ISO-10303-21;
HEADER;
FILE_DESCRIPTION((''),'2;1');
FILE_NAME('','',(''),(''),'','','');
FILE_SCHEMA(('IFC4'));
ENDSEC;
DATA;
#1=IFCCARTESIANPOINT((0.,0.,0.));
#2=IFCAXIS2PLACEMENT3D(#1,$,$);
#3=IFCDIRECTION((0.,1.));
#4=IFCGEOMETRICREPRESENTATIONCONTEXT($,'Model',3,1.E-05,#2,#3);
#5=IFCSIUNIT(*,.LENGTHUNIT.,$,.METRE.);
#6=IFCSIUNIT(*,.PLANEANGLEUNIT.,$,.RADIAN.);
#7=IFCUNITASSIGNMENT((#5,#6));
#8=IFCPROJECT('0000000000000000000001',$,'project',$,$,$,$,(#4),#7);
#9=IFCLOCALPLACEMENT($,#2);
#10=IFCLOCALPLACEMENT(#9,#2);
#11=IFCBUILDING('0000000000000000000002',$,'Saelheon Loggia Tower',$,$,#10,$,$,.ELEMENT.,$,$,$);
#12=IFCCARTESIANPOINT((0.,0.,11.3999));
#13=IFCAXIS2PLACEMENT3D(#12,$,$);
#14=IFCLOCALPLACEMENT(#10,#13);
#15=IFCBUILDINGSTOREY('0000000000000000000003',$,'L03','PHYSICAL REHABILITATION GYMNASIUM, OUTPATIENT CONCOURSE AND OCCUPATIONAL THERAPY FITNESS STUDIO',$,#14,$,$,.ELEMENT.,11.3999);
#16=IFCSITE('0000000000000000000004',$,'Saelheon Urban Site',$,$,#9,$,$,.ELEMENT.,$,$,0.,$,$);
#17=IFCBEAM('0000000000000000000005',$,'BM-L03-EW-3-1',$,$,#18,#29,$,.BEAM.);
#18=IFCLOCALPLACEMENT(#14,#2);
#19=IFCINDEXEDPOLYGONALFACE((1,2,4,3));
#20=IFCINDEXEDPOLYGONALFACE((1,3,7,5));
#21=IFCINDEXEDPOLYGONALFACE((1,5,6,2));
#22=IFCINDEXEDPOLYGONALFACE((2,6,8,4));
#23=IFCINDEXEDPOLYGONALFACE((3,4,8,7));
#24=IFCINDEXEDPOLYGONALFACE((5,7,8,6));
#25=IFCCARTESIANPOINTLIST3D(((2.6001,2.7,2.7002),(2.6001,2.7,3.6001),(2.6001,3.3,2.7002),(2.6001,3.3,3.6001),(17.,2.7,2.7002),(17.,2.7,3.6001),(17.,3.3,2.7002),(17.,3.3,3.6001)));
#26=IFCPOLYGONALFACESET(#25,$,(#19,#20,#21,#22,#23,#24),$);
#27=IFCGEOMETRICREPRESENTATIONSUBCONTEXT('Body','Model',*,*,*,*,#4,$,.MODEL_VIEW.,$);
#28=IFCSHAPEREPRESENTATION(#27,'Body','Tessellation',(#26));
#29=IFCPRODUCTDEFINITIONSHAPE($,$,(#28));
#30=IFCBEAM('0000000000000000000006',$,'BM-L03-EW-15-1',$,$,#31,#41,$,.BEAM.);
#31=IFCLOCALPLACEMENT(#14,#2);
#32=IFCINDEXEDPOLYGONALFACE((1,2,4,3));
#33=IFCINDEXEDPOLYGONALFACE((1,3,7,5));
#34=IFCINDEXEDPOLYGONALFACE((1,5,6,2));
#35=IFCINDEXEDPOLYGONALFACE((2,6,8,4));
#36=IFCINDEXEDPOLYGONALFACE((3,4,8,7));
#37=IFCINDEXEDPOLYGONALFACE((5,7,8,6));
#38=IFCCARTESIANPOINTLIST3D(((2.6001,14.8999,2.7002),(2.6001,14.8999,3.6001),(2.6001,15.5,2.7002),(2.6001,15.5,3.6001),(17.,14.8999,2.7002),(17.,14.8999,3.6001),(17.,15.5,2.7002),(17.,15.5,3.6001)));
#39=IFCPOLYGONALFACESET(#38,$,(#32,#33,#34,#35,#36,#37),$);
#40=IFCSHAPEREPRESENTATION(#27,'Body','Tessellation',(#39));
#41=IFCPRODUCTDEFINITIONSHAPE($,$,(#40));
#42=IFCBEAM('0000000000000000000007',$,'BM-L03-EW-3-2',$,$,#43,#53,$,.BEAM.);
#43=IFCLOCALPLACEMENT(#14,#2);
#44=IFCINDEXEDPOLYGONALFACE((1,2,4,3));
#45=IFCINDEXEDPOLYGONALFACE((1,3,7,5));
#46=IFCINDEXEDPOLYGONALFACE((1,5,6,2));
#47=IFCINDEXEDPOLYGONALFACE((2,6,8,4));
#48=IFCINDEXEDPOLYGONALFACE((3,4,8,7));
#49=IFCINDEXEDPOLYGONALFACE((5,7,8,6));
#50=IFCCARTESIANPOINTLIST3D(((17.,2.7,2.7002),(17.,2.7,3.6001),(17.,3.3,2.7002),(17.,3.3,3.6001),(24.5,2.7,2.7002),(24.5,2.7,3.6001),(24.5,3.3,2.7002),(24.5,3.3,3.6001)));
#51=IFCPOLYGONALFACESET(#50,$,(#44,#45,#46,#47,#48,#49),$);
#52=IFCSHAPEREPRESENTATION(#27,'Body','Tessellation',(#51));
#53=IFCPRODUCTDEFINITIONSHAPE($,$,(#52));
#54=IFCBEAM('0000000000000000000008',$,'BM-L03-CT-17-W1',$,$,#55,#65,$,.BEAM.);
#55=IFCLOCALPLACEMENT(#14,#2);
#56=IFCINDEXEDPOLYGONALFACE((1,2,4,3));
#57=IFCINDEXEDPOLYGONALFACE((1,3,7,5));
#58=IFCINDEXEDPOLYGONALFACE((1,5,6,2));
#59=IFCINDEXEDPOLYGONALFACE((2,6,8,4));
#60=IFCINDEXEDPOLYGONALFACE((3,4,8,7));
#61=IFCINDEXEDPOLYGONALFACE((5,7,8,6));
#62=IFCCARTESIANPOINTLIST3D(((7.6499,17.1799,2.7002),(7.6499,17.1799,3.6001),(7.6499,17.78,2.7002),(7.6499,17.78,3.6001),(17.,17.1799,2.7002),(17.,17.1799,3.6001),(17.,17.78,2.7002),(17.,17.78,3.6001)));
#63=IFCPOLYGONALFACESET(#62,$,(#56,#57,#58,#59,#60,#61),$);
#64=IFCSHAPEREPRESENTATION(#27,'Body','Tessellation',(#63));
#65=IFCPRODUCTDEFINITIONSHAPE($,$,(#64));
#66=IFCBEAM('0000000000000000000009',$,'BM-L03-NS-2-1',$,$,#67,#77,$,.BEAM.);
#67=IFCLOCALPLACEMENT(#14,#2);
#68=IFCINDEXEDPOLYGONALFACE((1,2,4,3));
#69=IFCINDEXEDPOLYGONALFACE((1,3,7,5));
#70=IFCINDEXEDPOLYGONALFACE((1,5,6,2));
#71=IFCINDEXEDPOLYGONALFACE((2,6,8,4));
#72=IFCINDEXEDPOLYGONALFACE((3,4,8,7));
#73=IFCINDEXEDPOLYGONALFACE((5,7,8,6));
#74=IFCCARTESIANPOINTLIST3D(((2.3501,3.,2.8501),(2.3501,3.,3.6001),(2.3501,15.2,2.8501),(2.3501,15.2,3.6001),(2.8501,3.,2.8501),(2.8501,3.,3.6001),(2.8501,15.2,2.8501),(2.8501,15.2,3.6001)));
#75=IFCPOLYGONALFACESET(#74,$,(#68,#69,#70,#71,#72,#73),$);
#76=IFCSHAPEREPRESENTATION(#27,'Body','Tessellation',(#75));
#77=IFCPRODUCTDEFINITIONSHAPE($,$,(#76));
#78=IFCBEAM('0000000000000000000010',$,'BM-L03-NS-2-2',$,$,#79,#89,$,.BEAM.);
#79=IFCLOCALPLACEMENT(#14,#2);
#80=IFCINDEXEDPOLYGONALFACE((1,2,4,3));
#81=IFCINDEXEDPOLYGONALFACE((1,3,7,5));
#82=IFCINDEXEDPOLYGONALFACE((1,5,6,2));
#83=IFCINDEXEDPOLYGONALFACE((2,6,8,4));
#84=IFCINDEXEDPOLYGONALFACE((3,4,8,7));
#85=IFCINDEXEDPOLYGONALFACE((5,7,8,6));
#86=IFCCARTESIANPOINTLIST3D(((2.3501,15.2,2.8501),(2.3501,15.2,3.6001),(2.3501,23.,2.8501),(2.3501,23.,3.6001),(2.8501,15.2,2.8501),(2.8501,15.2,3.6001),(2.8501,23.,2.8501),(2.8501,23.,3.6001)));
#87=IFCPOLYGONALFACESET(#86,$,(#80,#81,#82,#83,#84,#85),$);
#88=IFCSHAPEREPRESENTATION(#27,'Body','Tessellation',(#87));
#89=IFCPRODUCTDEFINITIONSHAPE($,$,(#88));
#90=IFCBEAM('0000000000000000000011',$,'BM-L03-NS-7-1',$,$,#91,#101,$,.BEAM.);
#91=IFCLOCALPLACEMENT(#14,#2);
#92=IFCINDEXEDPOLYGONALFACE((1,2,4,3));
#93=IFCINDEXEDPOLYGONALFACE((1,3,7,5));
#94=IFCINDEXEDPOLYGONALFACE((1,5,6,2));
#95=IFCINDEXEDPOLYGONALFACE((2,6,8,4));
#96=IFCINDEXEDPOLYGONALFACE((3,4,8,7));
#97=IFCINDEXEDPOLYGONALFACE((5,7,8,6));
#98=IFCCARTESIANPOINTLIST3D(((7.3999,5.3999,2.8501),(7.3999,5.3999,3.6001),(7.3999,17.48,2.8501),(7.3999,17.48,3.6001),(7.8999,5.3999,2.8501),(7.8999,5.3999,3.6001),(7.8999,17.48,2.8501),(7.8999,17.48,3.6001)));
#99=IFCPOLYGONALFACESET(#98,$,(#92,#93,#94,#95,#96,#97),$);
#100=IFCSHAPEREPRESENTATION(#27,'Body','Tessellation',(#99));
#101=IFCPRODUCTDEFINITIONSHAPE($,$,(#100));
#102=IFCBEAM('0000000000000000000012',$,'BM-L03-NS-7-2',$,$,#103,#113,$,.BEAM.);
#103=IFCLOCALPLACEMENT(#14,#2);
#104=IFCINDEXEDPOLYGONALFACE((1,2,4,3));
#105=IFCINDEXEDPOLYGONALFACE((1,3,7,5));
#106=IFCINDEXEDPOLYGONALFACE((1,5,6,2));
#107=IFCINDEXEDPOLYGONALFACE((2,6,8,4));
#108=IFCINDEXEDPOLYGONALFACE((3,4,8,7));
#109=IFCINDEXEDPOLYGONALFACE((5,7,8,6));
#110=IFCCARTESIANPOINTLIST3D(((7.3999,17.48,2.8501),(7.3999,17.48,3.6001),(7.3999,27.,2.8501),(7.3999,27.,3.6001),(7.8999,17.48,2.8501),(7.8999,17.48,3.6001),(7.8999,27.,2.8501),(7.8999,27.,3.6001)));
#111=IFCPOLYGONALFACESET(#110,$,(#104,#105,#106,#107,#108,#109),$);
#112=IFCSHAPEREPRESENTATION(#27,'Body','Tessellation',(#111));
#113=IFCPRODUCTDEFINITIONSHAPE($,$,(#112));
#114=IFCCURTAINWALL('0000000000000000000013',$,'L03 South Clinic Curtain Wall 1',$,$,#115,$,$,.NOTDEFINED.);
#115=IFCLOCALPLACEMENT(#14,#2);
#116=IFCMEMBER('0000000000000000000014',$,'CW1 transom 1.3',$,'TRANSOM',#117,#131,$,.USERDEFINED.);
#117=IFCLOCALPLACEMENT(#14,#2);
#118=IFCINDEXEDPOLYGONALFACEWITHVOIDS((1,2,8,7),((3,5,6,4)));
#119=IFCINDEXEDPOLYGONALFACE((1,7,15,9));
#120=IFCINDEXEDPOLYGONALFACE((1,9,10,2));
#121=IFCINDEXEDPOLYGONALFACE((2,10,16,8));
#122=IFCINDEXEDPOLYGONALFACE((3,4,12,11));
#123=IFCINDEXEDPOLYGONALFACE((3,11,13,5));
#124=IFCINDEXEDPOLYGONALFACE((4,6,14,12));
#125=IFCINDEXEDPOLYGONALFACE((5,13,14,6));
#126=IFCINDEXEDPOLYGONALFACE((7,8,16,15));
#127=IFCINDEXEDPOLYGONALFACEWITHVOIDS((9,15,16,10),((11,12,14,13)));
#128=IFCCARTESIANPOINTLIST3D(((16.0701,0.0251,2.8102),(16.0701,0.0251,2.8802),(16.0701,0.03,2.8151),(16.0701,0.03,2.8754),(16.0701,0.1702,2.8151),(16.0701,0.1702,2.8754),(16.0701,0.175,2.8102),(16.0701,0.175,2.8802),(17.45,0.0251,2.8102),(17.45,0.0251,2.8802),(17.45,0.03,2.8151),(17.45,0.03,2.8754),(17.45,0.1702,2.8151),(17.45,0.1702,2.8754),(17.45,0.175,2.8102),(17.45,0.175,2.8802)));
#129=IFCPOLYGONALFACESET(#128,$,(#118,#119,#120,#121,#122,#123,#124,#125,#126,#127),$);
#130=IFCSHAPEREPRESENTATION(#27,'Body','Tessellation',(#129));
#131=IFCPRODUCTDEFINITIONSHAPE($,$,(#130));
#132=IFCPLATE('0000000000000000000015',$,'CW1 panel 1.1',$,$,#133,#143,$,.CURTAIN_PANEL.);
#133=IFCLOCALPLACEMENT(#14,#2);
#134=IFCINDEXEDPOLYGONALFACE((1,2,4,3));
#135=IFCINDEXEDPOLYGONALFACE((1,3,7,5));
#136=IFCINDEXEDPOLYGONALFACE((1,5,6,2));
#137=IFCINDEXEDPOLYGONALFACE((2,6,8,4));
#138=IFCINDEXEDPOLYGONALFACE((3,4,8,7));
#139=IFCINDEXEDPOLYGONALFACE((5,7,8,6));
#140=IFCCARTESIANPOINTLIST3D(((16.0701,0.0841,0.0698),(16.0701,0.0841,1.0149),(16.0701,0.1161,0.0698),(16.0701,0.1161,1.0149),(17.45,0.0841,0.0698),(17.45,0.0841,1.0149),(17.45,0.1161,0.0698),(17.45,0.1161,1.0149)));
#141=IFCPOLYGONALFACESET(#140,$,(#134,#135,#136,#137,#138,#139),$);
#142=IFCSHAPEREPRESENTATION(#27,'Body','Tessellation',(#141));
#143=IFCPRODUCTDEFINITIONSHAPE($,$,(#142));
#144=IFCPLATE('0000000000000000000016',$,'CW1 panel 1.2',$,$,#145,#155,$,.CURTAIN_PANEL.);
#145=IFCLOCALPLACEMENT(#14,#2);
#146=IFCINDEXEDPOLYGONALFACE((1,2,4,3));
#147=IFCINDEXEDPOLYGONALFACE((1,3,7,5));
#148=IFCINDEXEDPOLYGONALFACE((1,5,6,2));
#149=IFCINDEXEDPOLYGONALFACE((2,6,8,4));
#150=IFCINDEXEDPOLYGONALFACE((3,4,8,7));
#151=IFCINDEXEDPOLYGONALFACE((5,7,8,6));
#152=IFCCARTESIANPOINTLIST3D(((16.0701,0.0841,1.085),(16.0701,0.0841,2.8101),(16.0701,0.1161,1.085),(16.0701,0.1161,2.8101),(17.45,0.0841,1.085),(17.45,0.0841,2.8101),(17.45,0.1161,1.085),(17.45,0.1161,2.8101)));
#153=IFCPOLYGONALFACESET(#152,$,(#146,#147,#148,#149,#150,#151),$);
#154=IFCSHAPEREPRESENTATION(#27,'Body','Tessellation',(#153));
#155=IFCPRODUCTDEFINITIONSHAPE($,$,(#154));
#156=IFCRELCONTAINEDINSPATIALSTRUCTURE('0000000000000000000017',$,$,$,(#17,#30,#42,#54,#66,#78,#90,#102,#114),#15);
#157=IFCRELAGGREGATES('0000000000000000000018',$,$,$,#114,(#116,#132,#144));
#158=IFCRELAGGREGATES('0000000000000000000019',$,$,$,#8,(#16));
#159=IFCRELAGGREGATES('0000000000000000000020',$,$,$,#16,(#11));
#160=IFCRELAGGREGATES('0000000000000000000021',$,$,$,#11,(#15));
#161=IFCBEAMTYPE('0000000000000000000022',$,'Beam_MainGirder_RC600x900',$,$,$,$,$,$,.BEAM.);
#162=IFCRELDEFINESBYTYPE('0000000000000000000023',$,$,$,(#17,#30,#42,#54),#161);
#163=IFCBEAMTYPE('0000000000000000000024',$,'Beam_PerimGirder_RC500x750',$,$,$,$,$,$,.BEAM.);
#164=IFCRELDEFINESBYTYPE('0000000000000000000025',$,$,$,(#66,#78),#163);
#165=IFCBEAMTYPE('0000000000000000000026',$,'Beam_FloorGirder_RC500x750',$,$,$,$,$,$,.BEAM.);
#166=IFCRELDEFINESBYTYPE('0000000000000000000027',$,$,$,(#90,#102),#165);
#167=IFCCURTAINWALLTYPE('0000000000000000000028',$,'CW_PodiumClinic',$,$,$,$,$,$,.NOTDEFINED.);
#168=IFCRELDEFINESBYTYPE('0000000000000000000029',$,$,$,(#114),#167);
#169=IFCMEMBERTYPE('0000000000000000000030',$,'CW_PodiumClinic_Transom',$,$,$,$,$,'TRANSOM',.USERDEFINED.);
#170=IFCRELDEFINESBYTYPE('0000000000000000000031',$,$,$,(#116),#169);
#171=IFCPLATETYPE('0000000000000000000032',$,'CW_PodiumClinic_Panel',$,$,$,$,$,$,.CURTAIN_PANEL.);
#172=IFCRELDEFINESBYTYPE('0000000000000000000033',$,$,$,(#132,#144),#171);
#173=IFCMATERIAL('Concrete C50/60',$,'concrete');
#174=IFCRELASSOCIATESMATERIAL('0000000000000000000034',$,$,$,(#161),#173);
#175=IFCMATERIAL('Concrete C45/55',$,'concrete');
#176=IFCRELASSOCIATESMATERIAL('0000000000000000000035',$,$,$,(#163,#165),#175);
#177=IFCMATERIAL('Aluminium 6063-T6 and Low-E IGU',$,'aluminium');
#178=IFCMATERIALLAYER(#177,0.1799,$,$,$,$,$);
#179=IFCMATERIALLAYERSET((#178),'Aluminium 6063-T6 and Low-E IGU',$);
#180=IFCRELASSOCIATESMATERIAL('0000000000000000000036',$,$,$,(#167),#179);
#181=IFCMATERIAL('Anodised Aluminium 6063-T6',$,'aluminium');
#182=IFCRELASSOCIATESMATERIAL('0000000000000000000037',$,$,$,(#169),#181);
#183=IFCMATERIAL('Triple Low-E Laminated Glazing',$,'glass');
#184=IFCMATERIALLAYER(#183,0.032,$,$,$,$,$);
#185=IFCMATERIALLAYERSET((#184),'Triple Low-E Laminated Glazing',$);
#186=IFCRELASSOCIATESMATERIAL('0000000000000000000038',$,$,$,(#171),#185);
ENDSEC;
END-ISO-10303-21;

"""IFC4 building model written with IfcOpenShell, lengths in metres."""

from ifc_helpers import new_model, si_unit, direction, frame, origin, origin_2d, place, context, subcontext, project, spatial, rectangle, hollow_rectangle, extrude, source, transform, mapped, material, layer, layer_set, material_profile, profile_set, type_object, element, aggregate, save


model = new_model("IFC4")

# Units and contexts
model_context = context("Model", 3, precision=1e-05, world=origin(), true_north=direction((0.0, 1.0)))
body_context = subcontext(model_context, "Body", "Model", "MODEL_VIEW")
ifc_project = project(units=[si_unit("LENGTHUNIT", "METRE"), si_unit("PLANEANGLEUNIT", "RADIAN")], contexts=[model_context])

# Site, building, storey
site_placement = place(None, origin())
site = spatial("IfcSite", under=ifc_project, at=site_placement, Name="Saelheon Urban Site", CompositionType="ELEMENT", RefElevation=0.0)
building_placement = place(site_placement, origin())
building = spatial("IfcBuilding", under=site, at=building_placement, Name="Saelheon Loggia Tower", CompositionType="ELEMENT")
storey_placement = place(building_placement, frame((0.0, 0.0, 11.3999)))
storey = spatial("IfcBuildingStorey", under=building, at=storey_placement, Name="L03", Description="PHYSICAL REHABILITATION GYMNASIUM, OUTPATIENT CONCOURSE AND OCCUPATIONAL THERAPY FITNESS STUDIO", CompositionType="ELEMENT", Elevation=11.3999)

# Shared definitions
ifc_material_1 = material(Name="Concrete C50/60", Category="concrete")
ifc_material_2 = material(Name="Concrete C45/55", Category="concrete")

# Beams
ifc_material_profile_1 = material_profile(ifc_material_1, rectangle(XDim=0.6001, YDim=0.8999, at=origin_2d()), Name="RC-600x900")
ifc_profile_set_1 = profile_set([ifc_material_profile_1], Name="Concrete C50/60")
beam_type_1 = type_object("IfcBeamType", Name="Beam_MainGirder_RC600x900", PredefinedType="BEAM", material=ifc_profile_set_1)
shared_shape_1 = source(origin(), body_context, "Body", "SweptSolid", [
    extrude(rectangle(XDim=0.6001, YDim=0.8999, at=origin_2d()), origin(), (0.0, 0.0, 1.0), 14.3999),
])
for number, where, z_axis, x_axis, name in (
    (1, (2.6001, 3.0, 3.1501), (1.0, 0.0, 0.0), (0.0, 1.0, 0.0), "BM-L03-EW-3-1"),
    (2, (2.6001, 15.2, 3.1501), (1.0, 0.0, 0.0), (0.0, 1.0, 0.0), "BM-L03-EW-15-1"),
):
    element("IfcBeam", number, at=place(storey_placement, frame(where, z_axis=z_axis, x_axis=x_axis)), inside=storey, type_object=beam_type_1, Name=name, PredefinedType="BEAM", context=body_context, shape_type="MappedRepresentation", body=[
        mapped(shared_shape_1, transform((0.0, 0.0, 0.0), scale=1.0)),
    ])
shared_shape_2 = source(origin(), body_context, "Body", "SweptSolid", [
    extrude(rectangle(XDim=0.6001, YDim=0.8999, at=origin_2d()), origin(), (0.0, 0.0, 1.0), 7.5),
])
beam_1_placement = place(storey_placement, frame((17.0, 3.0, 3.1501), z_axis=(1.0, 0.0, 0.0), x_axis=(0.0, 1.0, 0.0)))
element("IfcBeam", 3, at=beam_1_placement, inside=storey, type_object=beam_type_1, Name="BM-L03-EW-3-2", PredefinedType="BEAM", context=body_context, shape_type="MappedRepresentation", body=[
    mapped(shared_shape_2, transform((0.0, 0.0, 0.0), scale=1.0)),
])
shared_shape_3 = source(origin(), body_context, "Body", "SweptSolid", [
    extrude(rectangle(XDim=0.6001, YDim=0.8999, at=origin_2d()), origin(), (0.0, 0.0, 1.0), 9.3501),
])
beam_2_placement = place(storey_placement, frame((7.6499, 17.48, 3.1501), z_axis=(1.0, 0.0, 0.0), x_axis=(0.0, 1.0, 0.0)))
element("IfcBeam", 4, at=beam_2_placement, inside=storey, type_object=beam_type_1, Name="BM-L03-CT-17-W1", PredefinedType="BEAM", context=body_context, shape_type="MappedRepresentation", body=[
    mapped(shared_shape_3, transform((0.0, 0.0, 0.0), scale=1.0)),
])
ifc_material_profile_2 = material_profile(ifc_material_2, rectangle(XDim=0.5, YDim=0.75, at=origin_2d()), Name="RC-500x750")
ifc_profile_set_2 = profile_set([ifc_material_profile_2], Name="Concrete C45/55")
beam_type_2 = type_object("IfcBeamType", Name="Beam_PerimGirder_RC500x750", PredefinedType="BEAM", material=ifc_profile_set_2)
shared_shape_4 = source(origin(), body_context, "Body", "SweptSolid", [
    extrude(rectangle(XDim=0.5, YDim=0.75, at=origin_2d()), origin(), (0.0, 0.0, 1.0), 12.2),
])
beam_3_placement = place(storey_placement, frame((2.6001, 3.0, 3.2251), z_axis=(0.0, 1.0, 0.0), x_axis=(-1.0, 0.0, 0.0)))
element("IfcBeam", 5, at=beam_3_placement, inside=storey, type_object=beam_type_2, Name="BM-L03-NS-2-1", PredefinedType="BEAM", context=body_context, shape_type="MappedRepresentation", body=[
    mapped(shared_shape_4, transform((0.0, 0.0, 0.0), scale=1.0)),
])
shared_shape_5 = source(origin(), body_context, "Body", "SweptSolid", [
    extrude(rectangle(XDim=0.5, YDim=0.75, at=origin_2d()), origin(), (0.0, 0.0, 1.0), 7.8),
])
beam_4_placement = place(storey_placement, frame((2.6001, 15.2, 3.2251), z_axis=(0.0, 1.0, 0.0), x_axis=(-1.0, 0.0, 0.0)))
element("IfcBeam", 6, at=beam_4_placement, inside=storey, type_object=beam_type_2, Name="BM-L03-NS-2-2", PredefinedType="BEAM", context=body_context, shape_type="MappedRepresentation", body=[
    mapped(shared_shape_5, transform((0.0, 0.0, 0.0), scale=1.0)),
])
ifc_material_profile_3 = material_profile(ifc_material_2, rectangle(XDim=0.5, YDim=0.75, at=origin_2d()), Name="RC-500x750")
ifc_profile_set_3 = profile_set([ifc_material_profile_3], Name="Concrete C45/55")
beam_type_3 = type_object("IfcBeamType", Name="Beam_FloorGirder_RC500x750", PredefinedType="BEAM", material=ifc_profile_set_3)
shared_shape_6 = source(origin(), body_context, "Body", "SweptSolid", [
    extrude(rectangle(XDim=0.5, YDim=0.75, at=origin_2d()), origin(), (0.0, 0.0, 1.0), 12.0801),
])
beam_5_placement = place(storey_placement, frame((7.6499, 5.3999, 3.2251), z_axis=(0.0, 1.0, 0.0), x_axis=(-1.0, 0.0, 0.0)))
element("IfcBeam", 7, at=beam_5_placement, inside=storey, type_object=beam_type_3, Name="BM-L03-NS-7-1", PredefinedType="BEAM", context=body_context, shape_type="MappedRepresentation", body=[
    mapped(shared_shape_6, transform((0.0, 0.0, 0.0), scale=1.0)),
])
shared_shape_7 = source(origin(), body_context, "Body", "SweptSolid", [
    extrude(rectangle(XDim=0.5, YDim=0.75, at=origin_2d()), origin(), (0.0, 0.0, 1.0), 9.52),
])
beam_6_placement = place(storey_placement, frame((7.6499, 17.48, 3.2251), z_axis=(0.0, 1.0, 0.0), x_axis=(-1.0, 0.0, 0.0)))
element("IfcBeam", 8, at=beam_6_placement, inside=storey, type_object=beam_type_3, Name="BM-L03-NS-7-2", PredefinedType="BEAM", context=body_context, shape_type="MappedRepresentation", body=[
    mapped(shared_shape_7, transform((0.0, 0.0, 0.0), scale=1.0)),
])

# Curtain wall, member, plates
ifc_material_3 = material(Name="Aluminium 6063-T6 and Low-E IGU", Category="aluminium")
ifc_layer_1 = layer(ifc_material_3, 0.1799)
ifc_layer_set_1 = layer_set([ifc_layer_1], Name="Aluminium 6063-T6 and Low-E IGU")
curtain_wall_type = type_object("IfcCurtainWallType", Name="CW_PodiumClinic", PredefinedType="NOTDEFINED", material=ifc_layer_set_1)
curtain_wall_placement = place(storey_placement, origin())
curtain_wall = element("IfcCurtainWall", 9, at=curtain_wall_placement, inside=storey, type_object=curtain_wall_type, Name="L03 South Clinic Curtain Wall 1", PredefinedType="NOTDEFINED")
ifc_material_4 = material(Name="Anodised Aluminium 6063-T6", Category="aluminium")
ifc_material_profile_4 = material_profile(ifc_material_4, hollow_rectangle(XDim=0.0701, YDim=0.1499, WallThickness=0.0049, at=origin_2d()), Name="RHS-150x70x5")
ifc_profile_set_4 = profile_set([ifc_material_profile_4], Name="Anodised Aluminium 6063-T6")
member_type = type_object("IfcMemberType", Name="CW_PodiumClinic_Transom", ElementType="TRANSOM", PredefinedType="USERDEFINED", material=ifc_profile_set_4)
shared_shape_8 = source(origin(), body_context, "Body", "SweptSolid", [
    extrude(hollow_rectangle(XDim=0.0701, YDim=0.1499, WallThickness=0.0049, at=origin_2d()), origin(), (0.0, 0.0, 1.0), 1.3799),
])
member_placement = place(storey_placement, frame((16.0701, 0.1001, 2.8452), z_axis=(1.0, 0.0, 0.0), x_axis=(0.0, 0.0, 1.0)))
member = element("IfcMember", 10, at=member_placement, type_object=member_type, Name="CW1 transom 1.3", ObjectType="TRANSOM", PredefinedType="USERDEFINED", context=body_context, shape_type="MappedRepresentation", body=[
    mapped(shared_shape_8, transform((0.0, 0.0, 0.0), scale=1.0)),
])
ifc_material_5 = material(Name="Triple Low-E Laminated Glazing", Category="glass")
ifc_layer_2 = layer(ifc_material_5, 0.032)
ifc_layer_set_2 = layer_set([ifc_layer_2], Name="Triple Low-E Laminated Glazing")
plate_type = type_object("IfcPlateType", Name="CW_PodiumClinic_Panel", PredefinedType="CURTAIN_PANEL", material=ifc_layer_set_2)
shared_shape_9 = source(origin(), body_context, "Body", "SweptSolid", [
    extrude(rectangle(XDim=1.3799, YDim=0.032, at=origin_2d()), origin(), (0.0, 0.0, 1.0), 0.9451),
])
plate_1_placement = place(storey_placement, frame((16.76, 0.1001, 0.0698), z_axis=(0.0, 0.0, 1.0), x_axis=(1.0, 0.0, 0.0)))
plate_1 = element("IfcPlate", 11, at=plate_1_placement, type_object=plate_type, Name="CW1 panel 1.1", PredefinedType="CURTAIN_PANEL", context=body_context, shape_type="MappedRepresentation", body=[
    mapped(shared_shape_9, transform((0.0, 0.0, 0.0), scale=1.0)),
])
shared_shape_10 = source(origin(), body_context, "Body", "SweptSolid", [
    extrude(rectangle(XDim=1.3799, YDim=0.032, at=origin_2d()), origin(), (0.0, 0.0, 1.0), 1.7251),
])
plate_2_placement = place(storey_placement, frame((16.76, 0.1001, 1.085), z_axis=(0.0, 0.0, 1.0), x_axis=(1.0, 0.0, 0.0)))
plate_2 = element("IfcPlate", 12, at=plate_2_placement, type_object=plate_type, Name="CW1 panel 1.2", PredefinedType="CURTAIN_PANEL", context=body_context, shape_type="MappedRepresentation", body=[
    mapped(shared_shape_10, transform((0.0, 0.0, 0.0), scale=1.0)),
])
aggregate(curtain_wall, [member, plate_1, plate_2])

save(model, "model.ifc")
